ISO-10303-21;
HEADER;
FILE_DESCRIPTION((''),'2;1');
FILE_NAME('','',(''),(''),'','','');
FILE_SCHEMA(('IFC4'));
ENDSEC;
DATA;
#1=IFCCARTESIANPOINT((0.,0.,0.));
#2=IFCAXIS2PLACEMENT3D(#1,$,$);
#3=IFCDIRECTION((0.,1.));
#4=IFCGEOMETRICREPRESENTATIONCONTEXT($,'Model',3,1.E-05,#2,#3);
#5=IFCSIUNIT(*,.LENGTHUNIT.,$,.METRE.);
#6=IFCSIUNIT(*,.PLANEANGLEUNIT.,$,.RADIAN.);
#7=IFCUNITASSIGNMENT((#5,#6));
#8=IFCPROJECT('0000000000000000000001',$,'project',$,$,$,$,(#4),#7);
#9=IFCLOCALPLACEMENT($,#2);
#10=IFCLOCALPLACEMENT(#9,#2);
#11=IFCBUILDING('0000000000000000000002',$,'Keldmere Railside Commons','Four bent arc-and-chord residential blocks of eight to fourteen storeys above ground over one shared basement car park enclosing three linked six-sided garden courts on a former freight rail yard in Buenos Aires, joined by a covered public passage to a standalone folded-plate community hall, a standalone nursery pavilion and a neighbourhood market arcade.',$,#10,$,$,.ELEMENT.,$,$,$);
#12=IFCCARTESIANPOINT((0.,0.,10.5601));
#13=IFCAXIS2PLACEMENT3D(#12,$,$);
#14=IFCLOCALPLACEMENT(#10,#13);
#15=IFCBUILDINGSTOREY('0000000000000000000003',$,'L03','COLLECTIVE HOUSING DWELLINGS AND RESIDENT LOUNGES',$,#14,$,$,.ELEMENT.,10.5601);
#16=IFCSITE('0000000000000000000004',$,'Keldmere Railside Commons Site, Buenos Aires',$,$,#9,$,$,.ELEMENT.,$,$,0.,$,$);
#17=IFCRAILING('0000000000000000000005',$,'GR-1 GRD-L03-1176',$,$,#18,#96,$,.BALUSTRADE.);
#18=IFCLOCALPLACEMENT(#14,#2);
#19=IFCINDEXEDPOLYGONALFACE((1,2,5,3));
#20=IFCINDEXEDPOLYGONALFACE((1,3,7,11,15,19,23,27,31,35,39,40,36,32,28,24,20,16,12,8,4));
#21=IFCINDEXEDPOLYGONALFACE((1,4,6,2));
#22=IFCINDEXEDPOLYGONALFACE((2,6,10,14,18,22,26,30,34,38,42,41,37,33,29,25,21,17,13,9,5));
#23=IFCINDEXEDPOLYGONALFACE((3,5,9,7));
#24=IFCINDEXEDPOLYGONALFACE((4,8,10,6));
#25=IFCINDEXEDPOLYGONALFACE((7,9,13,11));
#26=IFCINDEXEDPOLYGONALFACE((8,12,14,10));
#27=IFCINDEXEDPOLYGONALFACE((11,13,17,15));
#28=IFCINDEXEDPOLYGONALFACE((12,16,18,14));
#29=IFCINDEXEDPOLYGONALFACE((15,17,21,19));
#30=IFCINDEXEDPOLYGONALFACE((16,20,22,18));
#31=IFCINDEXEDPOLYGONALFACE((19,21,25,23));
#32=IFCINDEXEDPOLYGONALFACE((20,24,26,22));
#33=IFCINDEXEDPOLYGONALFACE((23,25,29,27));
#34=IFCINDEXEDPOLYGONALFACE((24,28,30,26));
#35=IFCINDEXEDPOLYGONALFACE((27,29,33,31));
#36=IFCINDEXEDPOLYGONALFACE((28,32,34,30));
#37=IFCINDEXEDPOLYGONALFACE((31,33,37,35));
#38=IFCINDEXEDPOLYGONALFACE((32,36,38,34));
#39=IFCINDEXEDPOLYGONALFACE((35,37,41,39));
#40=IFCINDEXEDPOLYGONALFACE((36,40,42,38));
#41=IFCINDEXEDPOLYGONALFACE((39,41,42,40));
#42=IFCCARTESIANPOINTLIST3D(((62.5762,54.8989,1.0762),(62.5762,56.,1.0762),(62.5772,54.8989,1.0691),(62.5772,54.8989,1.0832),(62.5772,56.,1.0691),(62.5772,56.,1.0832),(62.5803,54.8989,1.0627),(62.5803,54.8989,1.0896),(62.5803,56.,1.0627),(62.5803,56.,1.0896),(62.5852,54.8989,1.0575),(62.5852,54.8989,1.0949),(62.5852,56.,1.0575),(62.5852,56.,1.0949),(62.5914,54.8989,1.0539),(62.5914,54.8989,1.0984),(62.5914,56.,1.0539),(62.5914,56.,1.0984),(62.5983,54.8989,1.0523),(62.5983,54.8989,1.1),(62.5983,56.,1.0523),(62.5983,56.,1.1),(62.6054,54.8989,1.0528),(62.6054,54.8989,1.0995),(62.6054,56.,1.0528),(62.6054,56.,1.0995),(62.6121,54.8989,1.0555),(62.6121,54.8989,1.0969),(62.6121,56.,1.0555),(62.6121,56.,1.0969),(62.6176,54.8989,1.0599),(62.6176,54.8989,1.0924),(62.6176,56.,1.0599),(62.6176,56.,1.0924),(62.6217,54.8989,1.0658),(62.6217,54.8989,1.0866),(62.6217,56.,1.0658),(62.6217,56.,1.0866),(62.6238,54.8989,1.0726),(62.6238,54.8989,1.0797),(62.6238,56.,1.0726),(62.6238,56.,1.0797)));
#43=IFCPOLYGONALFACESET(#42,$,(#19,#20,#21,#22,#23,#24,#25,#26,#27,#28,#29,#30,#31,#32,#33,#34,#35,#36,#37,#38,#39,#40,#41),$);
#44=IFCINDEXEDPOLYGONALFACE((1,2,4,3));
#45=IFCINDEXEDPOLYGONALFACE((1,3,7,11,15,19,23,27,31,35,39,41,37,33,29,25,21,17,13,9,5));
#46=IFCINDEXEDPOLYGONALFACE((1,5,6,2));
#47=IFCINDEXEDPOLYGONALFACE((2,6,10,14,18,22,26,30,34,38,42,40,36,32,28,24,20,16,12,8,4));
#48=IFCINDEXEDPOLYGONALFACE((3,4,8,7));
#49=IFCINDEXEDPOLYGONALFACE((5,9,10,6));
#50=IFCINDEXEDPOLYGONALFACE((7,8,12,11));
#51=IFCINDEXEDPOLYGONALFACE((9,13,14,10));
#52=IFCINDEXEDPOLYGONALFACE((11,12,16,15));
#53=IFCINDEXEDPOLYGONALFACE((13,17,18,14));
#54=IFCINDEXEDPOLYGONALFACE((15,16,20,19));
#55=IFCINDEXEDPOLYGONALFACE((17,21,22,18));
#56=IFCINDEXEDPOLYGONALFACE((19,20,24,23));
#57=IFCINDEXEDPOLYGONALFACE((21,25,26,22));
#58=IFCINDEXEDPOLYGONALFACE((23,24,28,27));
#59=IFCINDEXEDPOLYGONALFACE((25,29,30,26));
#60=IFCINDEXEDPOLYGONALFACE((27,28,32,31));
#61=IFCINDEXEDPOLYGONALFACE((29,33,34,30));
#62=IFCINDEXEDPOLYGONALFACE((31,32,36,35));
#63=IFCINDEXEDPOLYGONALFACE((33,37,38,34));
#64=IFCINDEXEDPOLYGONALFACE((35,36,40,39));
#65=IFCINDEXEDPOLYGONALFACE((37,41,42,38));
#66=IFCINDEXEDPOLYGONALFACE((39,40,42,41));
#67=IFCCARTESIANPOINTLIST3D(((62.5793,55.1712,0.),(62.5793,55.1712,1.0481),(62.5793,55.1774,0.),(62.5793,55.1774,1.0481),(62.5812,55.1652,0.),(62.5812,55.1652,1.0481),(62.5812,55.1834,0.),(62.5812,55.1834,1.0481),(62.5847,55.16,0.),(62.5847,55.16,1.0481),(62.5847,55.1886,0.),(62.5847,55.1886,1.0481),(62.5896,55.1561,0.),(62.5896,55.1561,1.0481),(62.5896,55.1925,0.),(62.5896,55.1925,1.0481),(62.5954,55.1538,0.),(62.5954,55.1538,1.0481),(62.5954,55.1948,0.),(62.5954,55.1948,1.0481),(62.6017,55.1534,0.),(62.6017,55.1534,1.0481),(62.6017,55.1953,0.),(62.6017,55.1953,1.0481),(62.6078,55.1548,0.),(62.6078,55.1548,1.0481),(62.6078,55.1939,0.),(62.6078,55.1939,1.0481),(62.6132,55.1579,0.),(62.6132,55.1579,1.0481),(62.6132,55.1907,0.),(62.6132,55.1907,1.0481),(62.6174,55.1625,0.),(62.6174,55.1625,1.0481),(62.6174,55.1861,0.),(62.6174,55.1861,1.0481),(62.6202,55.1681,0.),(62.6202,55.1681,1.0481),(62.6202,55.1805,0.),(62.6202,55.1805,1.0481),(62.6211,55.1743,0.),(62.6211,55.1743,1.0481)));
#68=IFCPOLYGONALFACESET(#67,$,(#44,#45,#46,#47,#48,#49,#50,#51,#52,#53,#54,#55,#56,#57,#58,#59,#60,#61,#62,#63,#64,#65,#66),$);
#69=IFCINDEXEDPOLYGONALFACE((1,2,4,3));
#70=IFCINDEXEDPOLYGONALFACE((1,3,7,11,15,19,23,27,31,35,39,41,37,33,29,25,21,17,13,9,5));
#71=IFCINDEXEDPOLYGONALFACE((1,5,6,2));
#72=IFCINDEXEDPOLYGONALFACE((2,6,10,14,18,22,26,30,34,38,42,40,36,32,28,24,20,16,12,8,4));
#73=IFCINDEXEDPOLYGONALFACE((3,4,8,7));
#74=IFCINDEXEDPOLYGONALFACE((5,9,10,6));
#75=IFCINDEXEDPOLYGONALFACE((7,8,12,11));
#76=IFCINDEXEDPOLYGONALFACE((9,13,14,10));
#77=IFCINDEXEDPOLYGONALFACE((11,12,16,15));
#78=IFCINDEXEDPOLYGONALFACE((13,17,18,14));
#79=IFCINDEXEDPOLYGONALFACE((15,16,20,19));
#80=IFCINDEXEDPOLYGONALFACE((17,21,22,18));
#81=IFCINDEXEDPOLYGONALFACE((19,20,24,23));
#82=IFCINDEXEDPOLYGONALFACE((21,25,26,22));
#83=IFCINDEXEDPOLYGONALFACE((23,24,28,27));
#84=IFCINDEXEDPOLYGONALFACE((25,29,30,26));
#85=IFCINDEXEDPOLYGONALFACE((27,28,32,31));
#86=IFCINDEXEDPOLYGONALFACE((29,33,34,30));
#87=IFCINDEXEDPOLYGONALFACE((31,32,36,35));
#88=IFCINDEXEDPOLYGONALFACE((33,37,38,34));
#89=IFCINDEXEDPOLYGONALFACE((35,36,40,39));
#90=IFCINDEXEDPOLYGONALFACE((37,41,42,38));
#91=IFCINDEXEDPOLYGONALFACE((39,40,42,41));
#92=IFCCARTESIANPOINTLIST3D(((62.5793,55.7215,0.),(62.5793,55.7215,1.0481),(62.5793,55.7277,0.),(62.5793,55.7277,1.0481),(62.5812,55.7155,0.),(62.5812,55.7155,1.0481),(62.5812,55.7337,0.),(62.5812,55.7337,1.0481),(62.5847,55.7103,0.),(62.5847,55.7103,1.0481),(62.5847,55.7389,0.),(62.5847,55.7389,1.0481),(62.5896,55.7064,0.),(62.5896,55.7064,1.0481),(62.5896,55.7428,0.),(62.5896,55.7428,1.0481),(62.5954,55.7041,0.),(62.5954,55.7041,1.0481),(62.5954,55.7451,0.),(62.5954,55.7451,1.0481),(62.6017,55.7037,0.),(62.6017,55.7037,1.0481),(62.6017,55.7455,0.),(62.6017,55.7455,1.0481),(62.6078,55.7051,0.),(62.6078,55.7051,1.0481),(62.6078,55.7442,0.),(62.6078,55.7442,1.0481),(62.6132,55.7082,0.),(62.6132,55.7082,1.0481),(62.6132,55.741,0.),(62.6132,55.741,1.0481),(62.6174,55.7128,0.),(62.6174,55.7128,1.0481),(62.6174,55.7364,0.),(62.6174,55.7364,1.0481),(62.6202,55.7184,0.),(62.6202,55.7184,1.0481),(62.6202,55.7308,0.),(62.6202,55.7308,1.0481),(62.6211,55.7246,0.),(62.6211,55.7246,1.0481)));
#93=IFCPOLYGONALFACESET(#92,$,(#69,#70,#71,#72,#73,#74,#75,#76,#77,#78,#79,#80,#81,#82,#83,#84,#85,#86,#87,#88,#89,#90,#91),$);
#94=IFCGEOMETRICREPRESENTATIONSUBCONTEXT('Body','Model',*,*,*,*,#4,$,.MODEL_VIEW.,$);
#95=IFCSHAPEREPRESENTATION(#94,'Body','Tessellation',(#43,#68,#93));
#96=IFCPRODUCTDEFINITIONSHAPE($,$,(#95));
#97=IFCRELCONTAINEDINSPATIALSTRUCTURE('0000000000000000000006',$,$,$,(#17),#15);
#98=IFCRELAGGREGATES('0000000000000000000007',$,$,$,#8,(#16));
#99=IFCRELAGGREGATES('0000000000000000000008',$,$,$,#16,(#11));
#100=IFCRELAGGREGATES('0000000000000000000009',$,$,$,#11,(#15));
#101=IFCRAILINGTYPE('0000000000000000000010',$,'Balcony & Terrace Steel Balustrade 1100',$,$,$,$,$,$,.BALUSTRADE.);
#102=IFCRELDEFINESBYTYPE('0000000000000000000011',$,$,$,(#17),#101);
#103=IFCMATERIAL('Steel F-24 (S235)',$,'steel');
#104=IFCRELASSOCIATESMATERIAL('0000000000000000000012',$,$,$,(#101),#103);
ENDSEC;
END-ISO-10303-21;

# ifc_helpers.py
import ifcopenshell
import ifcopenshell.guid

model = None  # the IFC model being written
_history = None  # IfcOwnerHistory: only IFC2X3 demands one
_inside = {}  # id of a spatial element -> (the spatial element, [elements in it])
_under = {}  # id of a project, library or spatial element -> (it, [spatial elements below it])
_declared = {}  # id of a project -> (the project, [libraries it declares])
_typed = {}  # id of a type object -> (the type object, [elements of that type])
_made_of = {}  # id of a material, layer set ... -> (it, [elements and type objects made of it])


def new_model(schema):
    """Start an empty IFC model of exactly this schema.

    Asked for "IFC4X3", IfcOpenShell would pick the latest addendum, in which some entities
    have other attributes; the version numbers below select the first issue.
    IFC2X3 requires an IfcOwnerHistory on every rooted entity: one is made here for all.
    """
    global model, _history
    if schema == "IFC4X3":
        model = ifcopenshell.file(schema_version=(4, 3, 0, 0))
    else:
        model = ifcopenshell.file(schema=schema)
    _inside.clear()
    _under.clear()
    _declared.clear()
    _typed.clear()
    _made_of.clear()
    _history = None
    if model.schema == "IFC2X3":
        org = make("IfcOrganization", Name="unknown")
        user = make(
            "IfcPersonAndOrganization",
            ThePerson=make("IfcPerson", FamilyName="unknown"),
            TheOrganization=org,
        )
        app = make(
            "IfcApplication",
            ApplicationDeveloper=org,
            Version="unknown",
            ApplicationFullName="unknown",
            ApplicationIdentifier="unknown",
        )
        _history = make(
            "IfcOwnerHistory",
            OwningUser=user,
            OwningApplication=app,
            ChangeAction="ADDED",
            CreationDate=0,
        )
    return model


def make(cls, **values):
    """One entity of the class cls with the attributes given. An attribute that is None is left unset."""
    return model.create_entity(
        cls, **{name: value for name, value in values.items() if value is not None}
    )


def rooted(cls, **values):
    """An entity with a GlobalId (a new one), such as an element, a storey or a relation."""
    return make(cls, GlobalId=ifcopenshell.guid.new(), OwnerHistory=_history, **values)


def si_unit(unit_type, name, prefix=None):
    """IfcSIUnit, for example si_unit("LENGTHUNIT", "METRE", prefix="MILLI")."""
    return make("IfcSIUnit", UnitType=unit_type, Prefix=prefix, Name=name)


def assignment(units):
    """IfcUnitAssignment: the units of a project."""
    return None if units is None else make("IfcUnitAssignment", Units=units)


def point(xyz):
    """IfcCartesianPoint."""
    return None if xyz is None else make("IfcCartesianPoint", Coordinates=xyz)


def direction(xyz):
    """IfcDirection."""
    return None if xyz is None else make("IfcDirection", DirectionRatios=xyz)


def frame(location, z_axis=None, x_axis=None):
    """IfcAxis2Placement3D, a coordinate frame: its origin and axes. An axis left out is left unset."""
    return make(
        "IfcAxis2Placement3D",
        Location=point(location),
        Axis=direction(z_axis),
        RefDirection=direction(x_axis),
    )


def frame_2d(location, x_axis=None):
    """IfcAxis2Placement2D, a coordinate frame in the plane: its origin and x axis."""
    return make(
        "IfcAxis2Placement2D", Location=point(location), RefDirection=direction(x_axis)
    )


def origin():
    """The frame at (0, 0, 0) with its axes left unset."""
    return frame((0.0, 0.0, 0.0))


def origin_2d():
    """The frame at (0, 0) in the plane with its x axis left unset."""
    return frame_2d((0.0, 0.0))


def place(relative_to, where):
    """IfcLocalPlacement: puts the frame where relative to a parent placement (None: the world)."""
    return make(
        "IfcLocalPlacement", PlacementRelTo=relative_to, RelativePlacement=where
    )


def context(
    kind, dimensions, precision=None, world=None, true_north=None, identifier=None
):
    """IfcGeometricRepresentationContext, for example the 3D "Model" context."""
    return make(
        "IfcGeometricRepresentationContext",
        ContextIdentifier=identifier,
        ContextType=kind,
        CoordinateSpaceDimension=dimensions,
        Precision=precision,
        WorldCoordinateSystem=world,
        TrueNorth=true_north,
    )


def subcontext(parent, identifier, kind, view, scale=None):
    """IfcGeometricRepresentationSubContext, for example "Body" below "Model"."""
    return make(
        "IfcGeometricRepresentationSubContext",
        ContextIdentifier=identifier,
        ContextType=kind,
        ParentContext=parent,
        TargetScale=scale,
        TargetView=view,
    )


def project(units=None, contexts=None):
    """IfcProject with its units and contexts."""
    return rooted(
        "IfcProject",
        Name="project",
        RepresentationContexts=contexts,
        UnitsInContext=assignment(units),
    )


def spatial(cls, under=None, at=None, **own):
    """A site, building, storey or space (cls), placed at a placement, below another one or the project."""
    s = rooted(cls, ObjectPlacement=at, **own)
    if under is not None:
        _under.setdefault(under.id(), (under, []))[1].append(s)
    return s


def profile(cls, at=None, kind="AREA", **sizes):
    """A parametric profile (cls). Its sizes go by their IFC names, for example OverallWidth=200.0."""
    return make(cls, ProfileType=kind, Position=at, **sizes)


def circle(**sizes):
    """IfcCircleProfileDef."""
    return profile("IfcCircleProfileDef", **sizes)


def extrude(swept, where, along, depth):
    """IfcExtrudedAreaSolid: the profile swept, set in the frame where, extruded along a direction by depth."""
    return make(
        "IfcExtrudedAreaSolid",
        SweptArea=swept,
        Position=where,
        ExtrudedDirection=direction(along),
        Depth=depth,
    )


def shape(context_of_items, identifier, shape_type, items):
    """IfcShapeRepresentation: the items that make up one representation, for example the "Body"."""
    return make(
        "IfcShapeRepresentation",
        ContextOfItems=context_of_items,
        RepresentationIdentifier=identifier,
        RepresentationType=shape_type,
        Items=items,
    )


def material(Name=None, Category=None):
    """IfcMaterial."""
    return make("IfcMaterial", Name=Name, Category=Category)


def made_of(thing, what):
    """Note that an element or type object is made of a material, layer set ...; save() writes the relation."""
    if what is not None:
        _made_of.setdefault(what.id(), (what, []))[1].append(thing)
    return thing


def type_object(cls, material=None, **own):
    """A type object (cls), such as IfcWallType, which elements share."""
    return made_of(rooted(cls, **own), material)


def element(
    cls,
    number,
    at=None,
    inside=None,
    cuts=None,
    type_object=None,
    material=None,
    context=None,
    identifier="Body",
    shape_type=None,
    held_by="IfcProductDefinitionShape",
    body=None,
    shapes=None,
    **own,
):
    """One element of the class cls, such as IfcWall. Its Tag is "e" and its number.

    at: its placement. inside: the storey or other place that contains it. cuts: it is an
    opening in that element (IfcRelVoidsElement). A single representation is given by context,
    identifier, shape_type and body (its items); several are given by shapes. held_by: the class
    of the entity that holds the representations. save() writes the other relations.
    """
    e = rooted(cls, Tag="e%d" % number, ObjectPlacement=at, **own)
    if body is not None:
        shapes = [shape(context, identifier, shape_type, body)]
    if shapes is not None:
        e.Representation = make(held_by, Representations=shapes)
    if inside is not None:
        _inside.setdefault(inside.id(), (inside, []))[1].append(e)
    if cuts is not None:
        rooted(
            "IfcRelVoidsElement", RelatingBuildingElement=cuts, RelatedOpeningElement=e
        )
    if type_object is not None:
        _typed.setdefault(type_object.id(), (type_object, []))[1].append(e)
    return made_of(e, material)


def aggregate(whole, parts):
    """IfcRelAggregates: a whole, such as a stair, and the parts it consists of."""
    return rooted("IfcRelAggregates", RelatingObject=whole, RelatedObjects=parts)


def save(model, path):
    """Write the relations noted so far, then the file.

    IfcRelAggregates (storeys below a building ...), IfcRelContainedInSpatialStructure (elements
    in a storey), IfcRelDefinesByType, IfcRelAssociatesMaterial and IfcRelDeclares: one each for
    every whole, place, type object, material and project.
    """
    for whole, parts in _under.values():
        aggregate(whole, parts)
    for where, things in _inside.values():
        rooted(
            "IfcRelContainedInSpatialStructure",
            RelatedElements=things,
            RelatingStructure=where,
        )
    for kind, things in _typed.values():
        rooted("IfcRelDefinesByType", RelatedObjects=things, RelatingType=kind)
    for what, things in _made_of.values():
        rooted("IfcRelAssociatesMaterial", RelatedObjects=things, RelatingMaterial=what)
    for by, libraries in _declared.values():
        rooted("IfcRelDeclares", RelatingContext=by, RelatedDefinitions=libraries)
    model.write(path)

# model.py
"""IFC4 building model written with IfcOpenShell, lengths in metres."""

from ifc_helpers import new_model, si_unit, direction, frame, origin, origin_2d, place, context, subcontext, project, spatial, circle, extrude, material, type_object, element, save


model = new_model("IFC4")

# Units and contexts
model_context = context("Model", 3, precision=1e-05, world=origin(), true_north=direction((0.0, 1.0)))
body_context = subcontext(model_context, "Body", "Model", "MODEL_VIEW")
ifc_project = project(units=[si_unit("LENGTHUNIT", "METRE"), si_unit("PLANEANGLEUNIT", "RADIAN")], contexts=[model_context])

# Site, building, storey
site_placement = place(None, origin())
site = spatial("IfcSite", under=ifc_project, at=site_placement, Name="Keldmere Railside Commons Site, Buenos Aires", CompositionType="ELEMENT", RefElevation=0.0)
building_placement = place(site_placement, origin())
building = spatial("IfcBuilding", under=site, at=building_placement, Name="Keldmere Railside Commons", Description="Four bent arc-and-chord residential blocks of eight to fourteen storeys above ground over one shared basement car park enclosing three linked six-sided garden courts on a former freight rail yard in Buenos Aires, joined by a covered public passage to a standalone folded-plate community hall, a standalone nursery pavilion and a neighbourhood market arcade.", CompositionType="ELEMENT")
storey_placement = place(building_placement, frame((0.0, 0.0, 10.5601)))
storey = spatial("IfcBuildingStorey", under=building, at=storey_placement, Name="L03", Description="COLLECTIVE HOUSING DWELLINGS AND RESIDENT LOUNGES", CompositionType="ELEMENT", Elevation=10.5601)

# Railing
ifc_material_1 = material(Name="Steel F-24 (S235)", Category="steel")
railing_type = type_object("IfcRailingType", Name="Balcony & Terrace Steel Balustrade 1100", PredefinedType="BALUSTRADE", material=ifc_material_1)
railing_1_placement = place(storey_placement, frame((62.6001, 54.8989, 0.0)))
element("IfcRailing", 1, at=railing_1_placement, inside=storey, type_object=railing_type, Name="GR-1 GRD-L03-1176", PredefinedType="BALUSTRADE", context=body_context, shape_type="SweptSolid", body=[
    extrude(circle(Radius=0.0239, at=origin_2d()), frame((0.0, 0.0, 1.0762), z_axis=(0.0, 1.0, 0.0), x_axis=(-1.0, 0.0, 0.0)), (0.0, 0.0, 1.0), 1.1011),
    extrude(circle(Radius=0.021, at=origin_2d()), frame((0.0, 0.2754, 0.0)), (0.0, 0.0, 1.0), 1.0481),
    extrude(circle(Radius=0.021, at=origin_2d()), frame((0.0, 0.8257, 0.0)), (0.0, 0.0, 1.0), 1.0481),
])

save(model, "model.ifc")
